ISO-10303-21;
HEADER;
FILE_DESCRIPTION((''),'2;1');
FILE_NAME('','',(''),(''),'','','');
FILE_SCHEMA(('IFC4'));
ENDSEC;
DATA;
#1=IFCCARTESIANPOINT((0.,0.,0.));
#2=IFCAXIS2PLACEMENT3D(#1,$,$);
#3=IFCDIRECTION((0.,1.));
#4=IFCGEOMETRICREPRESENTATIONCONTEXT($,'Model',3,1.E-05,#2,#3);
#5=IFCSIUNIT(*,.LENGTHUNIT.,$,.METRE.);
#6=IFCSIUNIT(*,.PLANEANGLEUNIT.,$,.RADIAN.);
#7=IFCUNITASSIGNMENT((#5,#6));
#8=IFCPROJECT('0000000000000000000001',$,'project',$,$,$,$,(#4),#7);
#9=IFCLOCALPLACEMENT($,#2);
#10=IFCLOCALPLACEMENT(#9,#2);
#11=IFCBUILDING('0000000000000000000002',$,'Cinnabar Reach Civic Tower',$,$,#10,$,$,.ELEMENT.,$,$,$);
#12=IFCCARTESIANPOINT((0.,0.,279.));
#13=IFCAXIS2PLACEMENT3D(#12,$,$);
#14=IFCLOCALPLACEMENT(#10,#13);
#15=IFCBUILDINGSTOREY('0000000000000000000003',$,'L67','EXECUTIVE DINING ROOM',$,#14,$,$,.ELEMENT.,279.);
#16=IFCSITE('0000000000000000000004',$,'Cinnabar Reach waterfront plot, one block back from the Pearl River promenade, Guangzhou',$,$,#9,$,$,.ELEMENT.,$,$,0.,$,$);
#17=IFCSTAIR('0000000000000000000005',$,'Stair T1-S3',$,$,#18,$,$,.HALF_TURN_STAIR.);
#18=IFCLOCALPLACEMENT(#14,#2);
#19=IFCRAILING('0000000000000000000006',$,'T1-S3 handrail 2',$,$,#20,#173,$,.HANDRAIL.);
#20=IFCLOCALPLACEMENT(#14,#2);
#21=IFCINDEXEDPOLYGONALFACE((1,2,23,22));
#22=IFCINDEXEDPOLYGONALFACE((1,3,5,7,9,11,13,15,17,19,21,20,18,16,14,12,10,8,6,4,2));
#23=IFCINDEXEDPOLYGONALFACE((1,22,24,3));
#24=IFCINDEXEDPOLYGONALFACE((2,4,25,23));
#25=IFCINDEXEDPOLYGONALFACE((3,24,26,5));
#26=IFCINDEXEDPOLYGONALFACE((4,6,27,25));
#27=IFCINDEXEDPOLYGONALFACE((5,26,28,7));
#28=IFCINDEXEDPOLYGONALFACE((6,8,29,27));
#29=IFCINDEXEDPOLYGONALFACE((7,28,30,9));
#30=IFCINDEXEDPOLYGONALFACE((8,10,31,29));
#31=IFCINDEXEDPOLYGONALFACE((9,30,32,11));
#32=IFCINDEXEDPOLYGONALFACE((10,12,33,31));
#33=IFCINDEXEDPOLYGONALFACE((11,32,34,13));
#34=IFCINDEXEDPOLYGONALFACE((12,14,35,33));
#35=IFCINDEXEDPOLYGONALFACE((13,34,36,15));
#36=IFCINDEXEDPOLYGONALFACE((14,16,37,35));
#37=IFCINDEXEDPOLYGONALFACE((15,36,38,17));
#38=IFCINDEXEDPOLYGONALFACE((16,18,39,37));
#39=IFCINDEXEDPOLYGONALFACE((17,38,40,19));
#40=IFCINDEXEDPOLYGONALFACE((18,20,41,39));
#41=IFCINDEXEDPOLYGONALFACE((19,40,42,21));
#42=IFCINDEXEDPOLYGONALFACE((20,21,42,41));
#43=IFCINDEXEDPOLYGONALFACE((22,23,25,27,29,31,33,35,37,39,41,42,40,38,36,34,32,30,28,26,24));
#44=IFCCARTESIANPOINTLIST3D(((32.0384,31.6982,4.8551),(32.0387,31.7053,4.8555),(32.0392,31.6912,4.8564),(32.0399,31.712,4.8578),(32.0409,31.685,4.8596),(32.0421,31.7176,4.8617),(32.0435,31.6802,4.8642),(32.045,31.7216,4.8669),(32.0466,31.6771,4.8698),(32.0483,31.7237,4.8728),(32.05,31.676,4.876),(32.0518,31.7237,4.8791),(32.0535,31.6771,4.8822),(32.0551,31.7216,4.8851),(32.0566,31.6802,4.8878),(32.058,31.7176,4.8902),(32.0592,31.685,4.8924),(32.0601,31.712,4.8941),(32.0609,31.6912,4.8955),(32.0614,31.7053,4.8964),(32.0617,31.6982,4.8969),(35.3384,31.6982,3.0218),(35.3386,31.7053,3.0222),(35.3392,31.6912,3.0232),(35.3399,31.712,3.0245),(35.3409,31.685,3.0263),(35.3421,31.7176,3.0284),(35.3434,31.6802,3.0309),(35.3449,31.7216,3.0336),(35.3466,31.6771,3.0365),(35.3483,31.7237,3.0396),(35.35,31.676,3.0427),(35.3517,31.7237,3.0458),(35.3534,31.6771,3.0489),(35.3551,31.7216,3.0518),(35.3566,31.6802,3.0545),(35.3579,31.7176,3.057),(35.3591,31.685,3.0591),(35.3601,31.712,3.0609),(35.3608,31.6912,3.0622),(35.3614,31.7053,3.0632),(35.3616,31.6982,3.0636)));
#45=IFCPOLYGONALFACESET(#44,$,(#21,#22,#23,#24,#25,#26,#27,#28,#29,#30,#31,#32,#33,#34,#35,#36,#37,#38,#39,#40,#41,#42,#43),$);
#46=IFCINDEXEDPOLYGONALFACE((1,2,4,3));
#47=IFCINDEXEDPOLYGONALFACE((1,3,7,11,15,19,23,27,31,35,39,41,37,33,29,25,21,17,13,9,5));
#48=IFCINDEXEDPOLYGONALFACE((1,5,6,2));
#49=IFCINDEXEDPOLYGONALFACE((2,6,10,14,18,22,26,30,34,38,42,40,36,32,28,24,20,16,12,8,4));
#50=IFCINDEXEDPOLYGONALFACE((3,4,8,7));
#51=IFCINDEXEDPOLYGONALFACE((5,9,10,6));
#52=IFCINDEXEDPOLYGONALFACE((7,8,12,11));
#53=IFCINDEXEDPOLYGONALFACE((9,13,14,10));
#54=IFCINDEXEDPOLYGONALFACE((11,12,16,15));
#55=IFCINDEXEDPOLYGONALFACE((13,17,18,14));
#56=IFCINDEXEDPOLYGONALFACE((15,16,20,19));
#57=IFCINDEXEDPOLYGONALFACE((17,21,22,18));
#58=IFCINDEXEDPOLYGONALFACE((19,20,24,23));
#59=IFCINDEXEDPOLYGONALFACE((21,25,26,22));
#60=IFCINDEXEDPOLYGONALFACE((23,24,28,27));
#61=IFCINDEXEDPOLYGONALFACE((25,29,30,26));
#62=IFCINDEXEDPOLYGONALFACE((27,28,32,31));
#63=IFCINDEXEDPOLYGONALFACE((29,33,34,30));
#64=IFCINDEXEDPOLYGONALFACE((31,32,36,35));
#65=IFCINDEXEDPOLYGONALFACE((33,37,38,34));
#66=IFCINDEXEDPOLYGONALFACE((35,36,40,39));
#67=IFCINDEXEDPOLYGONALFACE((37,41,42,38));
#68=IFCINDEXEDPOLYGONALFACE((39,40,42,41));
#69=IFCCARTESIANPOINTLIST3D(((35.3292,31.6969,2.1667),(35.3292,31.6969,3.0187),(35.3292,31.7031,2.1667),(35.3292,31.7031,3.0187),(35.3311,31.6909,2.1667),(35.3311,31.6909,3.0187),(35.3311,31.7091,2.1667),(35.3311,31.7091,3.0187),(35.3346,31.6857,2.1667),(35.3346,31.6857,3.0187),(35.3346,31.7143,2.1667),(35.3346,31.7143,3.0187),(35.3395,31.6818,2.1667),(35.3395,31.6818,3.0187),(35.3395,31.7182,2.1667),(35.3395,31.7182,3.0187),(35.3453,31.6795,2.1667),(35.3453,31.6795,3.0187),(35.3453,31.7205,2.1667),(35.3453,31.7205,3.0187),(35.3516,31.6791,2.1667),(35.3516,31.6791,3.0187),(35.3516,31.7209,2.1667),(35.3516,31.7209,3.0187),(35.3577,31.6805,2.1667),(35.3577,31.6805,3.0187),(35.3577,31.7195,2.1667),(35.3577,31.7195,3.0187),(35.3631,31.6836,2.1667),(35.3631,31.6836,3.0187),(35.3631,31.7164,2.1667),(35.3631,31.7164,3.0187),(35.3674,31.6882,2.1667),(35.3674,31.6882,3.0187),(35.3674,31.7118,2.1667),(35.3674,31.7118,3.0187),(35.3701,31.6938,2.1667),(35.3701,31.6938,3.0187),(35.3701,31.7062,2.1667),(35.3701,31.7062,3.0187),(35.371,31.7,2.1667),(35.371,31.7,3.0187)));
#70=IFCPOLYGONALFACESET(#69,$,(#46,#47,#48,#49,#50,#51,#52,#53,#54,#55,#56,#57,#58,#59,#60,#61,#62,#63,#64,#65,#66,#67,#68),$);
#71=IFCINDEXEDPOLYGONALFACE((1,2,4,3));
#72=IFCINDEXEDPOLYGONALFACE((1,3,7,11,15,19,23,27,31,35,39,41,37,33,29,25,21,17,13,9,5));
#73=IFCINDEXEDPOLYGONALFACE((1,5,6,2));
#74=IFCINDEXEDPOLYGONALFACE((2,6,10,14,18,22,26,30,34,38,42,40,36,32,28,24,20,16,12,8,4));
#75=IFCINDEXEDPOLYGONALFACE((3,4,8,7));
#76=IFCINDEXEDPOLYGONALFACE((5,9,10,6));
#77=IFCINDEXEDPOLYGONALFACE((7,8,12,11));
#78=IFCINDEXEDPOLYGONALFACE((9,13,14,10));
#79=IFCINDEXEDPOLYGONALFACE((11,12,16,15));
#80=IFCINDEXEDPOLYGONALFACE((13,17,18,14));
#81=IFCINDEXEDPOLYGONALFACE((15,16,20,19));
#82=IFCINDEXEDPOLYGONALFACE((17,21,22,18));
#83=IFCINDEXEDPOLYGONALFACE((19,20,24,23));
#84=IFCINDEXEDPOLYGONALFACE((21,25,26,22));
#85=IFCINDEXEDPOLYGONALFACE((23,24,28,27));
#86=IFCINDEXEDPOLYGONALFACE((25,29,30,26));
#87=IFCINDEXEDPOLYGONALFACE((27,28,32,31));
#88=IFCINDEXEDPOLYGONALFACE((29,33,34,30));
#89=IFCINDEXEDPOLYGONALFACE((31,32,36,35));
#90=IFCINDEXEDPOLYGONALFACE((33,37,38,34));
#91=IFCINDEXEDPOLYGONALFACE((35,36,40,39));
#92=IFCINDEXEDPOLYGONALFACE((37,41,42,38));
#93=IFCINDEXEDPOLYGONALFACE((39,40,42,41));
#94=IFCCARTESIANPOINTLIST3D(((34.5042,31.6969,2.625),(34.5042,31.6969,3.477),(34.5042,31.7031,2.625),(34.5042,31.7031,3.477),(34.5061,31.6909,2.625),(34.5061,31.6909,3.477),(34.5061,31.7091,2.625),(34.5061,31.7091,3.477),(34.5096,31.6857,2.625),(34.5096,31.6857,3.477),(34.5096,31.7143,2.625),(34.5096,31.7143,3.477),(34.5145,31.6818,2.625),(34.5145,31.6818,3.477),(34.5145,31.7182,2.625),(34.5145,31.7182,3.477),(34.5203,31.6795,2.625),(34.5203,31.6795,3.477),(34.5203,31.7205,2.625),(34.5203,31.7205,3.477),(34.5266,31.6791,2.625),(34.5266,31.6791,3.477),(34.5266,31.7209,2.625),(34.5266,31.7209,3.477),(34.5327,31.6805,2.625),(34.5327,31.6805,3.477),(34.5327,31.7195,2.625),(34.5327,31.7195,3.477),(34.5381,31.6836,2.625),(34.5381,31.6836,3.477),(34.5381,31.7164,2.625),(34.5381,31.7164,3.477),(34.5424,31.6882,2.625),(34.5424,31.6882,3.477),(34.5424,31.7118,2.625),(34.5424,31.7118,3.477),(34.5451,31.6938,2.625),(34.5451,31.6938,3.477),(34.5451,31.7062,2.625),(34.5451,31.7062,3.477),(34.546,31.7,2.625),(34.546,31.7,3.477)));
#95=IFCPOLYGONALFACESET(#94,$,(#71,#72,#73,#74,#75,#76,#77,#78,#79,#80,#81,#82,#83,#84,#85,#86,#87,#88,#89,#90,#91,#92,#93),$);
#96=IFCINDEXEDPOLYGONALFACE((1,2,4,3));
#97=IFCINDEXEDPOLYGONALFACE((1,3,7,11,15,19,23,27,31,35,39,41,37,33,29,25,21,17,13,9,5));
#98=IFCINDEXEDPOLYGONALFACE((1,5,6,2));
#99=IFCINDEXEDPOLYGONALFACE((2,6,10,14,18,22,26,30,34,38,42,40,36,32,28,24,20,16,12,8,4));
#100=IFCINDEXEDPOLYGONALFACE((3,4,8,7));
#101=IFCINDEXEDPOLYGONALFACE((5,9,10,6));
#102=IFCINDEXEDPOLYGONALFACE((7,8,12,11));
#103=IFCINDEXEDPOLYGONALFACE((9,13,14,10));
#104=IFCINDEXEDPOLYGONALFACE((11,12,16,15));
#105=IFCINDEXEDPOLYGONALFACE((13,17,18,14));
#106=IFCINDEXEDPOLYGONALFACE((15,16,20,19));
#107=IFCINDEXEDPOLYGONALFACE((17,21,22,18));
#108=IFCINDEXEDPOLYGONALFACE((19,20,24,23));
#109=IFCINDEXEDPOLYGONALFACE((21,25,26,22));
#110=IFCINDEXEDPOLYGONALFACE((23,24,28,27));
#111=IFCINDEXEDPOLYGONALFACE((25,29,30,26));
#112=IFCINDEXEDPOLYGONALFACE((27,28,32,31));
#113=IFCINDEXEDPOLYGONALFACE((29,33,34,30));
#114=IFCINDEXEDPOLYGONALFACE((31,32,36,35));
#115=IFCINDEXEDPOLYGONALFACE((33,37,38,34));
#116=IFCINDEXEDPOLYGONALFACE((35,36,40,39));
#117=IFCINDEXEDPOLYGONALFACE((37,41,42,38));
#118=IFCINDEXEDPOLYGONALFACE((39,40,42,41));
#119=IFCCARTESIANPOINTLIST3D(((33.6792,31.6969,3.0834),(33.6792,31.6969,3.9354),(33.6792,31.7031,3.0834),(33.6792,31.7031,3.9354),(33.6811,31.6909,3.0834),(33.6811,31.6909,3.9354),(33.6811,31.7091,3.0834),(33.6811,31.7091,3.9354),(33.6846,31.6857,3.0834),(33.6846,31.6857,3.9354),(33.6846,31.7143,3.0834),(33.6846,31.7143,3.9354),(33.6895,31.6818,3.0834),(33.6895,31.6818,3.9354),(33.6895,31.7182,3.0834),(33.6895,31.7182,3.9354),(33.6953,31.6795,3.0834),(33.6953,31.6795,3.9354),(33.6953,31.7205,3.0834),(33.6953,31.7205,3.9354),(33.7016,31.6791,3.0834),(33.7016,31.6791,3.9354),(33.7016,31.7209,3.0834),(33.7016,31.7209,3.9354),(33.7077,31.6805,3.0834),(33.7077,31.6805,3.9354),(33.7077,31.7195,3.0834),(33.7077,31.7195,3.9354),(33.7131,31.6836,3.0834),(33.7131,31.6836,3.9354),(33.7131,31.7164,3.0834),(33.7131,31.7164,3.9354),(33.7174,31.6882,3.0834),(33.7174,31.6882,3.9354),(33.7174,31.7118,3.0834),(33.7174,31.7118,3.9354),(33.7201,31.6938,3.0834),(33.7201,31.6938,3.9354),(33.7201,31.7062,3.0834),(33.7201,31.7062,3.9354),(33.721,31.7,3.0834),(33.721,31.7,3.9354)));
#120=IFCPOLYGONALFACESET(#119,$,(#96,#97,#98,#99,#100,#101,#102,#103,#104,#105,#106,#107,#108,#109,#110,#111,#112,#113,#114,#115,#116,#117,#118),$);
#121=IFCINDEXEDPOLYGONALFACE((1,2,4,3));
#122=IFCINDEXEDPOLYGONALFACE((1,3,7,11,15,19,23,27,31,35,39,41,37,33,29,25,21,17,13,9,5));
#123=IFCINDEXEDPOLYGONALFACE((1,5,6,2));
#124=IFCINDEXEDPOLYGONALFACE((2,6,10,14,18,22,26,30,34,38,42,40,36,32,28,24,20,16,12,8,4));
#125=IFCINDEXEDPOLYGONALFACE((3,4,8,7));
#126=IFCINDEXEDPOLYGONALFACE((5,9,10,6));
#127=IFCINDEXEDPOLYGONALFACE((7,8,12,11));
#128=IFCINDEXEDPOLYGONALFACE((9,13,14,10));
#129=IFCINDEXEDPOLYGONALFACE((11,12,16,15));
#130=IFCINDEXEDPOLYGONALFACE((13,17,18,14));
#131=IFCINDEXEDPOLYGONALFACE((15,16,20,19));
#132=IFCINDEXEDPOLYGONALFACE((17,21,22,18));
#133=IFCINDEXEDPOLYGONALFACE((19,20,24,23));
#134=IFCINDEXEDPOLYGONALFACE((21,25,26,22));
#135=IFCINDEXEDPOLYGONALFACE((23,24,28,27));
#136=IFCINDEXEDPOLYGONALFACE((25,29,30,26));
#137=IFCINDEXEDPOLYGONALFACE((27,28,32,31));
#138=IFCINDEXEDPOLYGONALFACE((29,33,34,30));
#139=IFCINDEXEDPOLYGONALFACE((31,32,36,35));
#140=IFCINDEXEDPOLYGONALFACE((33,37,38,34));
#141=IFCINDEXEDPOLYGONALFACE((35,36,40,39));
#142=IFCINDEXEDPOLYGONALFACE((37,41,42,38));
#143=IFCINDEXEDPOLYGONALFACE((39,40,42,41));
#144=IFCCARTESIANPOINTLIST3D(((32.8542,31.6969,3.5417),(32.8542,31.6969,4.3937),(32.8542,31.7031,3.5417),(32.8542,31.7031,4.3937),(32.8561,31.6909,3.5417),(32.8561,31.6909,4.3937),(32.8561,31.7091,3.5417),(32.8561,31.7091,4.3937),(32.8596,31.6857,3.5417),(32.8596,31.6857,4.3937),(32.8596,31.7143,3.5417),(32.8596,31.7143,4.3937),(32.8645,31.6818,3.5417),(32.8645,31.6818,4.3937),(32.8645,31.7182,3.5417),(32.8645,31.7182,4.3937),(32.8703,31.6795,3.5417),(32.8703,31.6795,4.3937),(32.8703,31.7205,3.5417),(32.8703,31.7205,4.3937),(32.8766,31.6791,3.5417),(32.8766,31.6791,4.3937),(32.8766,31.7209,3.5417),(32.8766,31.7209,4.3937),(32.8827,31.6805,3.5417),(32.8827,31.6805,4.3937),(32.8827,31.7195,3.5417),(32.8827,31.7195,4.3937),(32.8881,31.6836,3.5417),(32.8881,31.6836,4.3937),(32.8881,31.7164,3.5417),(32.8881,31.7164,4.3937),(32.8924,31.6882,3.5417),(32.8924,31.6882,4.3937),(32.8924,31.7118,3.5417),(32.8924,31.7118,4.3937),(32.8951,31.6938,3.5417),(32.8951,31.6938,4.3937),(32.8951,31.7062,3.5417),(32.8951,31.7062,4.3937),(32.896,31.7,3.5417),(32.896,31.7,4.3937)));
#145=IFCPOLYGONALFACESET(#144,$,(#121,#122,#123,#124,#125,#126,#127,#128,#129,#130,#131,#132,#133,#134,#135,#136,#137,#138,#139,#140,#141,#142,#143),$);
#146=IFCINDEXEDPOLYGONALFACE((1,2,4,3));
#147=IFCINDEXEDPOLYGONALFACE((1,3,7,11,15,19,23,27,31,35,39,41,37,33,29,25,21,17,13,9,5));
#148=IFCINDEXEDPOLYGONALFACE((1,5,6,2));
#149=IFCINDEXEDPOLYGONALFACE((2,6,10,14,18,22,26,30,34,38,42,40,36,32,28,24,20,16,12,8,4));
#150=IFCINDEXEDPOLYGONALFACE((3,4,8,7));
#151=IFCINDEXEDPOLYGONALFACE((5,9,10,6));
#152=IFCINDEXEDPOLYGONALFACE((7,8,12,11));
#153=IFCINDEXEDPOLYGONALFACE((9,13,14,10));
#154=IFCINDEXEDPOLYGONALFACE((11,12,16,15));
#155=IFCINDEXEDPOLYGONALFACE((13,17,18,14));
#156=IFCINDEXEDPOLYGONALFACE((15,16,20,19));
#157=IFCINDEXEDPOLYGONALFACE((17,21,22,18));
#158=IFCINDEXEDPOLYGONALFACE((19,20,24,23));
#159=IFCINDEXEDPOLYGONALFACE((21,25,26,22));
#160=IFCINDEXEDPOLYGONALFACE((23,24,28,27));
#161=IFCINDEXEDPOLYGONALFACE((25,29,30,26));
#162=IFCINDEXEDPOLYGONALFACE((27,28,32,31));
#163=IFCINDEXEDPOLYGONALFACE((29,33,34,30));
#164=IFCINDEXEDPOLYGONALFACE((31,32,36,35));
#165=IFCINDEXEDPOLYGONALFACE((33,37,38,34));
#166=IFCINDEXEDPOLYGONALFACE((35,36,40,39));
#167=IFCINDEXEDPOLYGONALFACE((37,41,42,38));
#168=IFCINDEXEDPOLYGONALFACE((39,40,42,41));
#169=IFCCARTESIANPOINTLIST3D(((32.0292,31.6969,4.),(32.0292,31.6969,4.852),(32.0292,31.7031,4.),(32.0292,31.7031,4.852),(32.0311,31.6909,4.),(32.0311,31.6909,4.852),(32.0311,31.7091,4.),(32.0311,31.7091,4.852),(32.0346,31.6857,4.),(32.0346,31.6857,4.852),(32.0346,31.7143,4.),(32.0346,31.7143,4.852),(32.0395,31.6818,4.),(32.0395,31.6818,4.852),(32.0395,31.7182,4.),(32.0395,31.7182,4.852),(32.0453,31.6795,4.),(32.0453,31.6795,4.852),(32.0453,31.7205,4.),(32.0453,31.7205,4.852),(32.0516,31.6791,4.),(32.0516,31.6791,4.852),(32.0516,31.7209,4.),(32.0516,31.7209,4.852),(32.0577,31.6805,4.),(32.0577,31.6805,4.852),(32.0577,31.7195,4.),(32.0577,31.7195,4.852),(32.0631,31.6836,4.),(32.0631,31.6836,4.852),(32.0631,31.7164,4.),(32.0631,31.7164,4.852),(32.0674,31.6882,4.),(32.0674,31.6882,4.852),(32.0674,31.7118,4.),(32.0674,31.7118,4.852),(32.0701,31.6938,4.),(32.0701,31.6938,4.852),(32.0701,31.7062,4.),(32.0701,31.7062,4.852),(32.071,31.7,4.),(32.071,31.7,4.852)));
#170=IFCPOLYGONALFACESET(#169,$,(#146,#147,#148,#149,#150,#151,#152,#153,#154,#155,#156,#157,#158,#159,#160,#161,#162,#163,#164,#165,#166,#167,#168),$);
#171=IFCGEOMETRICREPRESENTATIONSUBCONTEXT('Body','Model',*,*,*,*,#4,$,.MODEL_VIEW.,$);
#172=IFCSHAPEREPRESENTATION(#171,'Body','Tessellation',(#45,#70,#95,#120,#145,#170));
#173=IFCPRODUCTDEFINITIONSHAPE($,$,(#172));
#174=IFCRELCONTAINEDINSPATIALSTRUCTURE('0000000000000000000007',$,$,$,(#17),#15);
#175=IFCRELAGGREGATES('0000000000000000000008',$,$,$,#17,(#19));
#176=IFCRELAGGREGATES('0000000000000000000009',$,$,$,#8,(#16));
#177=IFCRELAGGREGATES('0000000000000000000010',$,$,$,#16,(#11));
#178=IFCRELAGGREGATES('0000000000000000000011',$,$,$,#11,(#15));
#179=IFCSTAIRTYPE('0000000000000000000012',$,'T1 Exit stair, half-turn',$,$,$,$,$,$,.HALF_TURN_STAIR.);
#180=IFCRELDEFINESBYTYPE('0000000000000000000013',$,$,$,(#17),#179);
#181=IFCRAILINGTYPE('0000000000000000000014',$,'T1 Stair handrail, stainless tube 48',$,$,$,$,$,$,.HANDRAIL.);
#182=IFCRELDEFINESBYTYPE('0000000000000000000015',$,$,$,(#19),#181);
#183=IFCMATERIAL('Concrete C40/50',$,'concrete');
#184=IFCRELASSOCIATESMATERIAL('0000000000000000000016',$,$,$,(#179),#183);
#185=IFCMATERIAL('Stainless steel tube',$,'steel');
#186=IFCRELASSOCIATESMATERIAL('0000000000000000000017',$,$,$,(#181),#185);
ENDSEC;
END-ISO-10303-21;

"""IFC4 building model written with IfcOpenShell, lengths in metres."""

from ifc_helpers import new_model, si_unit, direction, frame, origin, origin_2d, place, context, subcontext, project, spatial, circle, extrude, material, type_object, element, aggregate, save


model = new_model("IFC4")

# Units and contexts
model_context = context("Model", 3, precision=1e-05, world=origin(), true_north=direction((0.0, 1.0)))
body_context = subcontext(model_context, "Body", "Model", "MODEL_VIEW")
ifc_project = project(units=[si_unit("LENGTHUNIT", "METRE"), si_unit("PLANEANGLEUNIT", "RADIAN")], contexts=[model_context])

# Site, building, storey
site_placement = place(None, origin())
site = spatial("IfcSite", under=ifc_project, at=site_placement, Name="Cinnabar Reach waterfront plot, one block back from the Pearl River promenade, Guangzhou", CompositionType="ELEMENT", RefElevation=0.0)
building_placement = place(site_placement, origin())
building = spatial("IfcBuilding", under=site, at=building_placement, Name="Cinnabar Reach Civic Tower", CompositionType="ELEMENT")
storey_placement = place(building_placement, frame((0.0, 0.0, 279.0)))
storey = spatial("IfcBuildingStorey", under=building, at=storey_placement, Name="L67", Description="EXECUTIVE DINING ROOM", CompositionType="ELEMENT", Elevation=279.0)

# Stair, railing
ifc_material_1 = material(Name="Concrete C40/50", Category="concrete")
stair_type = type_object("IfcStairType", Name="T1 Exit stair, half-turn", PredefinedType="HALF_TURN_STAIR", material=ifc_material_1)
stair_placement = place(storey_placement, origin())
stair = element("IfcStair", 1, at=stair_placement, inside=storey, type_object=stair_type, Name="Stair T1-S3", PredefinedType="HALF_TURN_STAIR")
ifc_material_2 = material(Name="Stainless steel tube", Category="steel")
railing_type = type_object("IfcRailingType", Name="T1 Stair handrail, stainless tube 48", PredefinedType="HANDRAIL", material=ifc_material_2)
railing_1_placement = place(storey_placement, frame((35.35, 31.7, 2.1667)))
railing_1 = element("IfcRailing", 2, at=railing_1_placement, type_object=railing_type, Name="T1-S3 handrail 2", PredefinedType="HANDRAIL", context=body_context, shape_type="SweptSolid", body=[
    extrude(circle(Radius=0.024, at=origin_2d()), frame((0.0, 0.0, 0.876), z_axis=(-0.874161, 0.0, 0.485636), x_axis=(0.0, -1.0, 0.0)), (0.0, 0.0, 1.0), 3.775),
    extrude(circle(Radius=0.021, at=origin_2d()), origin(), (0.0, 0.0, 1.0), 0.852),
    extrude(circle(Radius=0.021, at=origin_2d()), frame((-0.825, 0.0, 0.4583)), (0.0, 0.0, 1.0), 0.852),
    extrude(circle(Radius=0.021, at=origin_2d()), frame((-1.65, 0.0, 0.9167)), (0.0, 0.0, 1.0), 0.852),
    extrude(circle(Radius=0.021, at=origin_2d()), frame((-2.475, 0.0, 1.375)), (0.0, 0.0, 1.0), 0.852),
    extrude(circle(Radius=0.021, at=origin_2d()), frame((-3.3, 0.0, 1.8333)), (0.0, 0.0, 1.0), 0.852),
])
aggregate(stair, [railing_1])

save(model, "model.ifc")
